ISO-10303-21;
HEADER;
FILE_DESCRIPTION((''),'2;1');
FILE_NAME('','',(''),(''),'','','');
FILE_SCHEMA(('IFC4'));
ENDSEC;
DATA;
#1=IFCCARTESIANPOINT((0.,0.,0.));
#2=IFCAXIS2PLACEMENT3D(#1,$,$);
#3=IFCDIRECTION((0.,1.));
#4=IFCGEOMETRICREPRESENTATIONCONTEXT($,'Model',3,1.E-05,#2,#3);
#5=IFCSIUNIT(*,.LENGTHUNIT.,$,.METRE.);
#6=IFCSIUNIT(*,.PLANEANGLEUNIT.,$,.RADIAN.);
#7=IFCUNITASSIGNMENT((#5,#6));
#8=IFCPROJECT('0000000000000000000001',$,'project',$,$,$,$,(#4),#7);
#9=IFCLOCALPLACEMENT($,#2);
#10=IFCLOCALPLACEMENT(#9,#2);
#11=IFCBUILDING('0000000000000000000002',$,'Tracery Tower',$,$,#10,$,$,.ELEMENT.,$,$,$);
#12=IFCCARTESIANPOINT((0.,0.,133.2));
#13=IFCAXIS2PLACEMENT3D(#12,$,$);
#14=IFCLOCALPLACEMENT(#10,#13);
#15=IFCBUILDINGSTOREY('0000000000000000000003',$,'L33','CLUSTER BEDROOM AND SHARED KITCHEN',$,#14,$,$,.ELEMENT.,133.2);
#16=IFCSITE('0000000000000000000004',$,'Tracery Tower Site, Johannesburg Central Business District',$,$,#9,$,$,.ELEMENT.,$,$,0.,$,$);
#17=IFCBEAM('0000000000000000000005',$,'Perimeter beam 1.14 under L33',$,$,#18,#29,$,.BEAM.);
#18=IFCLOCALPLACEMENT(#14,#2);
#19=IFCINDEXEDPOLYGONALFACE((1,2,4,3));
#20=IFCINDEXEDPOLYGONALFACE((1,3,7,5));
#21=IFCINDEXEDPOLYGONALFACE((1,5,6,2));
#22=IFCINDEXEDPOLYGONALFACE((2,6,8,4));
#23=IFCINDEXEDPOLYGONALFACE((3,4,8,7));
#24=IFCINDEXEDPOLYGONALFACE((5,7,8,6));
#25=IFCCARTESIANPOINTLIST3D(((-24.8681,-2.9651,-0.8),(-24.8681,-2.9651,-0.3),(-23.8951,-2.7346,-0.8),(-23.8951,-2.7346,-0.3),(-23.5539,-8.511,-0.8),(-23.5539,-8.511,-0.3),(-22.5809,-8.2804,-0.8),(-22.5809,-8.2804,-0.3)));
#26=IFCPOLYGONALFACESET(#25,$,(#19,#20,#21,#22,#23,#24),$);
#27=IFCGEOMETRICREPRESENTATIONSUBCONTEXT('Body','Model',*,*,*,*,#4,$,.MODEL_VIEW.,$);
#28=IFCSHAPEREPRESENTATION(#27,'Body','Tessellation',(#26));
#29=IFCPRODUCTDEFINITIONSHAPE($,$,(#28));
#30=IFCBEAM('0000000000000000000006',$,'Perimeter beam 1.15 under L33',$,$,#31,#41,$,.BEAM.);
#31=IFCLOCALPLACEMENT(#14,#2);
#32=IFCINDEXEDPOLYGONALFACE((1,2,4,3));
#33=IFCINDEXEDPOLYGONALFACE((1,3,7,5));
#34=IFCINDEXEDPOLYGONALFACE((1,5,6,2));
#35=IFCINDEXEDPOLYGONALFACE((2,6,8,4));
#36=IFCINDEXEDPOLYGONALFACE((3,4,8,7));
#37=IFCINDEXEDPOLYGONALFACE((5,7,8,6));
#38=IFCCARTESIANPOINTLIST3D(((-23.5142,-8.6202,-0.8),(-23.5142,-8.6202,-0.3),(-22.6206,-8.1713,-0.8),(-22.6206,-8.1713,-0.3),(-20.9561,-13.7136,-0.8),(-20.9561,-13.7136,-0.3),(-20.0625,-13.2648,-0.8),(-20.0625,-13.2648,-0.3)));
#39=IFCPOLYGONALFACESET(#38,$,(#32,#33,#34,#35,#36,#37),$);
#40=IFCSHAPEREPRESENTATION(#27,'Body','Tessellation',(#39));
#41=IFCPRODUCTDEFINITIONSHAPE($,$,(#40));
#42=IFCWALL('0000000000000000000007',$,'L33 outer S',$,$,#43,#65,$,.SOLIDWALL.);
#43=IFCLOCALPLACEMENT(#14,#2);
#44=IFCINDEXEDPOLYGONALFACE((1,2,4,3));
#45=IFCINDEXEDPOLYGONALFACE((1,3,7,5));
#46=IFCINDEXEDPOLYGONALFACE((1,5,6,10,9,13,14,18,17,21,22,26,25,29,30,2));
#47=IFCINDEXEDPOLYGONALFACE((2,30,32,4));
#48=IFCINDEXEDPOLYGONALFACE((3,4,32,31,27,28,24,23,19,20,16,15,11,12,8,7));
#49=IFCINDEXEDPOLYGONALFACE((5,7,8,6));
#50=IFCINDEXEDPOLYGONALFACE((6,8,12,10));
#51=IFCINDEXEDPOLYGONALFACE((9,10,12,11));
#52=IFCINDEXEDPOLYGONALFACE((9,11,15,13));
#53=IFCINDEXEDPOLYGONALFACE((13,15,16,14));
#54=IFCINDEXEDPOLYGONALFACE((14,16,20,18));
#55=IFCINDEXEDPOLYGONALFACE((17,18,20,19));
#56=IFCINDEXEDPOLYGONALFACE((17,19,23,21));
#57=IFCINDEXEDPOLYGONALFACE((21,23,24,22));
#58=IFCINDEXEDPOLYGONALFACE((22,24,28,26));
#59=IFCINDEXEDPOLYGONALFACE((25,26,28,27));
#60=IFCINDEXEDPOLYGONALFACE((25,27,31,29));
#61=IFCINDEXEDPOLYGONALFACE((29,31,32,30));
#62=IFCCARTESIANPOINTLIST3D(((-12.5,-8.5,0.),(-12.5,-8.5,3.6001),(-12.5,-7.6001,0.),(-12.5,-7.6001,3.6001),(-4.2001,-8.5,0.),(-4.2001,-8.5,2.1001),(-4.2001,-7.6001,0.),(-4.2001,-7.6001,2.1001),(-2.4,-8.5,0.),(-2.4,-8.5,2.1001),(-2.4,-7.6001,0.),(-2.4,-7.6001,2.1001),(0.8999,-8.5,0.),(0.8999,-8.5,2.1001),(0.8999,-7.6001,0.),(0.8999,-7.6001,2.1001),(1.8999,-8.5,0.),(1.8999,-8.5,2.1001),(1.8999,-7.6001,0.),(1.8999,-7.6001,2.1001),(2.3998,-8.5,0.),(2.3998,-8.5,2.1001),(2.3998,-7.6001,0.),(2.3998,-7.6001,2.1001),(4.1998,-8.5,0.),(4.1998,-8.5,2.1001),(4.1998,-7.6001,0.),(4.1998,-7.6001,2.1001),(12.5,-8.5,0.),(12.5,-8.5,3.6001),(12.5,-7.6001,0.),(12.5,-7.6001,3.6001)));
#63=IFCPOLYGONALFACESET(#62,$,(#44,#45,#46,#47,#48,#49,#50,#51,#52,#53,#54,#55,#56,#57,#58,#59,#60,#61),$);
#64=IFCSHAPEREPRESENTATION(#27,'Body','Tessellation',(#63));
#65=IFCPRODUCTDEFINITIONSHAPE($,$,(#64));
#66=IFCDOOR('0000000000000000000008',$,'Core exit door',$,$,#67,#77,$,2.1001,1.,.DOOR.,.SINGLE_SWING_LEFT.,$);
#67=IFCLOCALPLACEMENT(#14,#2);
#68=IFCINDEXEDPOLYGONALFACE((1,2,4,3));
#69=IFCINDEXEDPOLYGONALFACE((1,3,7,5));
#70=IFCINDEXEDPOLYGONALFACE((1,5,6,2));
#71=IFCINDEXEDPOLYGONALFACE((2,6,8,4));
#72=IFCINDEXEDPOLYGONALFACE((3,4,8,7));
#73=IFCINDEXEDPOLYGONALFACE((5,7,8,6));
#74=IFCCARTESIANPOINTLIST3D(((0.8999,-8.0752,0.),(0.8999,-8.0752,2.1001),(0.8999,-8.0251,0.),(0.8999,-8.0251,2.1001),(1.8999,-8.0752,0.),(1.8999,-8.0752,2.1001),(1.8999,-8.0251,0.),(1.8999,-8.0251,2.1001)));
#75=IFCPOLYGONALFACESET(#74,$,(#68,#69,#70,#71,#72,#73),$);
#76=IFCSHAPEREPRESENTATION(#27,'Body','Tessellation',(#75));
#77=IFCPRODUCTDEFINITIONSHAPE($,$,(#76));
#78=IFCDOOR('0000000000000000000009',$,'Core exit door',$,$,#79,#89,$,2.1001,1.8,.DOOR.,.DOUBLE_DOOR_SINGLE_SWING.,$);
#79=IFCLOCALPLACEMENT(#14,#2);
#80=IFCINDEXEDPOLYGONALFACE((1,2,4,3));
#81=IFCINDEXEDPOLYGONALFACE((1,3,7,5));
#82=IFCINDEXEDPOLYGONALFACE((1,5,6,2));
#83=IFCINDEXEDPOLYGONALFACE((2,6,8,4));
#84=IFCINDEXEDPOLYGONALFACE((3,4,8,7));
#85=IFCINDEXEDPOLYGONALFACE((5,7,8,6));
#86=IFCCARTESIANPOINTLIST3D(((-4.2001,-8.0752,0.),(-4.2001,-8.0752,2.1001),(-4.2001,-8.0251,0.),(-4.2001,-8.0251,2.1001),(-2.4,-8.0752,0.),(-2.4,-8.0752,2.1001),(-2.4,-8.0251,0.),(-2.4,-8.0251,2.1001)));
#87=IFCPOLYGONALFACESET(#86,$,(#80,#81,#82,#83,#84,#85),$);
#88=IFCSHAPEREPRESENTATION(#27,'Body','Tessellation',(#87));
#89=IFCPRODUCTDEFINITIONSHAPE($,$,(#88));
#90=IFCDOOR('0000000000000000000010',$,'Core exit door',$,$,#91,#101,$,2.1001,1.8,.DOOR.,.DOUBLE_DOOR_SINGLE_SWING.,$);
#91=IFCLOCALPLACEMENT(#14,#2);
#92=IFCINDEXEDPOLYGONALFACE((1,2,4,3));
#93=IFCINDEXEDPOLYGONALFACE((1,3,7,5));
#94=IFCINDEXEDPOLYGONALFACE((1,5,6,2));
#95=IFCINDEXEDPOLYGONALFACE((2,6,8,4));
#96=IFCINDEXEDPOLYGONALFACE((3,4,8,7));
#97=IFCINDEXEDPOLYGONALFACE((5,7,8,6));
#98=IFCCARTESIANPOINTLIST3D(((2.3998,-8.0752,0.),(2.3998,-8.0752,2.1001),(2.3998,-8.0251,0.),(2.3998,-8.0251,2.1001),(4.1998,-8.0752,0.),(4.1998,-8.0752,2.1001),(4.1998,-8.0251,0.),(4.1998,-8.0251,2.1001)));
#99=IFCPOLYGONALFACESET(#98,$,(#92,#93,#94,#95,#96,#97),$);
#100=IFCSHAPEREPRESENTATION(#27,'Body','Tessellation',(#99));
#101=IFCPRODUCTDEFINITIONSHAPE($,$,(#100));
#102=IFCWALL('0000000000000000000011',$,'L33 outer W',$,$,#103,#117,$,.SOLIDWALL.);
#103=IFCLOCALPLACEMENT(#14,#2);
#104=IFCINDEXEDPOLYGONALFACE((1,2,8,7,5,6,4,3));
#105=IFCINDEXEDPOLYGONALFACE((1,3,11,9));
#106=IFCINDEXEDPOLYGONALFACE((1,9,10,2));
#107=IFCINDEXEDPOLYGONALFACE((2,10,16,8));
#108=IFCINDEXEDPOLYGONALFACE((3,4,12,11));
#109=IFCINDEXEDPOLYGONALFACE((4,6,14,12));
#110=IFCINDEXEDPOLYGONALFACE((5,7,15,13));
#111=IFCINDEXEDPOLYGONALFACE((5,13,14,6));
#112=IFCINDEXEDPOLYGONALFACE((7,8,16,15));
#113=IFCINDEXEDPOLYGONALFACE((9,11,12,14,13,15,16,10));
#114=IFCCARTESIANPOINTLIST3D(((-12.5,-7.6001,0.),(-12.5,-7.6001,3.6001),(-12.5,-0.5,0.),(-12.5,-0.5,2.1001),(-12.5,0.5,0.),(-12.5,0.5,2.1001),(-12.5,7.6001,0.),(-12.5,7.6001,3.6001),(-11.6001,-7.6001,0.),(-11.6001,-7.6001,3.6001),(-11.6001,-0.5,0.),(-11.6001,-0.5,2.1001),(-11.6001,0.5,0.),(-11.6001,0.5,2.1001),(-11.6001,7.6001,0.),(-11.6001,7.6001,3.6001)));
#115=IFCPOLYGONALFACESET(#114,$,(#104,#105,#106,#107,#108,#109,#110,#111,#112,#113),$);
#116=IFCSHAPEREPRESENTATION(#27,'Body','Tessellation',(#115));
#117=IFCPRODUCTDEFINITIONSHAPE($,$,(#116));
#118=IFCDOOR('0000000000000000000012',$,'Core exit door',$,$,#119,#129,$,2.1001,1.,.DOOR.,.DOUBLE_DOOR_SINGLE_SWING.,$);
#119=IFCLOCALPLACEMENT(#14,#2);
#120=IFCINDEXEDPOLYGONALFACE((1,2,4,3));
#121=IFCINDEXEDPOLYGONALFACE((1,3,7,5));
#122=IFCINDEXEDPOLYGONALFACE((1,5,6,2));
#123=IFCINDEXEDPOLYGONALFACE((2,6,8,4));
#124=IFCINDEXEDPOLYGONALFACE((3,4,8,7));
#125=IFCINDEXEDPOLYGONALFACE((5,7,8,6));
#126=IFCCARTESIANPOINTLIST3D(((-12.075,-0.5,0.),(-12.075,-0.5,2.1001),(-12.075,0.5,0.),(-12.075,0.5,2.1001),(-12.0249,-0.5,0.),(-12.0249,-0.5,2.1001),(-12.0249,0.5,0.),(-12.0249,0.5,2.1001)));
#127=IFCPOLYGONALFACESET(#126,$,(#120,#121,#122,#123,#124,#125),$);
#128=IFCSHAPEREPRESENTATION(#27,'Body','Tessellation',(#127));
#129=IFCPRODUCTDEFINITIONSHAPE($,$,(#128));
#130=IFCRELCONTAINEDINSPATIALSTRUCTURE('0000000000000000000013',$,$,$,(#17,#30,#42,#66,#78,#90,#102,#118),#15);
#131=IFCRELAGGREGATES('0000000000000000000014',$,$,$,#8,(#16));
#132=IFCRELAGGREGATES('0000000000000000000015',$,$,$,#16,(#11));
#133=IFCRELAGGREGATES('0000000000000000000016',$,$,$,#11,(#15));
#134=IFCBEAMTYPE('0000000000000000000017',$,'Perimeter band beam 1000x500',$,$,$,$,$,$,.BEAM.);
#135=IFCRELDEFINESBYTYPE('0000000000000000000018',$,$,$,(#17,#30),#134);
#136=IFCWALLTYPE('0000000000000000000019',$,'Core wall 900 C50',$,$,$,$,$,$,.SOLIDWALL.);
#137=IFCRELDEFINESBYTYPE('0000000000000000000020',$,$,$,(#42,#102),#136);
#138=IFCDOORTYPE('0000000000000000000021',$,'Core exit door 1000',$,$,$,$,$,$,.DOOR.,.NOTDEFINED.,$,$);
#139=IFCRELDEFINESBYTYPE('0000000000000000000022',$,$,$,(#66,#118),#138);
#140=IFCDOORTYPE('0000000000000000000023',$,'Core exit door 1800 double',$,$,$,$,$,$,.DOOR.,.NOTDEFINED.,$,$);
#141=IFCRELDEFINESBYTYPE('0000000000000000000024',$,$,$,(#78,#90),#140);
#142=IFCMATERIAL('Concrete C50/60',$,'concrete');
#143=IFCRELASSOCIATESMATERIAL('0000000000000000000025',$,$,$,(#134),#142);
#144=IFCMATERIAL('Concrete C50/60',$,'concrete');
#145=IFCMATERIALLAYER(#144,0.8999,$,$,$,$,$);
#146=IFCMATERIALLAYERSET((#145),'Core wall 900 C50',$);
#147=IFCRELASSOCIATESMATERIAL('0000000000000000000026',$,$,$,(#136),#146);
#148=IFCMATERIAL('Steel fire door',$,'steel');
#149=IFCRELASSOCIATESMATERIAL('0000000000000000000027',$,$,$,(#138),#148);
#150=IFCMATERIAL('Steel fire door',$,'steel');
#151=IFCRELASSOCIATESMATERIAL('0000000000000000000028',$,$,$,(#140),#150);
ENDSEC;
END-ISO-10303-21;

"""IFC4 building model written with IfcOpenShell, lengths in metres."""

from ifc_helpers import new_model, si_unit, direction, frame, frame_2d, origin, origin_2d, place, context, subcontext, project, spatial, rectangle, extrude, material, layer, layer_set, material_profile, profile_set, type_object, element, fill, save


model = new_model("IFC4")

# Units and contexts
model_context = context("Model", 3, precision=1e-05, world=origin(), true_north=direction((0.0, 1.0)))
body_context = subcontext(model_context, "Body", "Model", "MODEL_VIEW")
ifc_project = project(units=[si_unit("LENGTHUNIT", "METRE"), si_unit("PLANEANGLEUNIT", "RADIAN")], contexts=[model_context])

# Site, building, storey
site_placement = place(None, origin())
site = spatial("IfcSite", under=ifc_project, at=site_placement, Name="Tracery Tower Site, Johannesburg Central Business District", CompositionType="ELEMENT", RefElevation=0.0)
building_placement = place(site_placement, origin())
building = spatial("IfcBuilding", under=site, at=building_placement, Name="Tracery Tower", CompositionType="ELEMENT")
storey_placement = place(building_placement, frame((0.0, 0.0, 133.2)))
storey = spatial("IfcBuildingStorey", under=building, at=storey_placement, Name="L33", Description="CLUSTER BEDROOM AND SHARED KITCHEN", CompositionType="ELEMENT", Elevation=133.2)

# Beams
ifc_material_1 = material(Name="Concrete C50/60", Category="concrete")
ifc_material_profile_1 = material_profile(ifc_material_1, rectangle(XDim=1.0, YDim=0.5, at=origin_2d()), Name="RC 1000x500")
ifc_profile_set_1 = profile_set([ifc_material_profile_1], Name="Concrete C50/60")
beam_type = type_object("IfcBeamType", Name="Perimeter band beam 1000x500", PredefinedType="BEAM", material=ifc_profile_set_1)
beam_1_placement = place(storey_placement, frame((-24.3816, -2.8499, -0.55), z_axis=(0.230584, -0.973052, 0.0), x_axis=(0.973052, 0.230584, 0.0)))
element("IfcBeam", 1, at=beam_1_placement, inside=storey, type_object=beam_type, Name="Perimeter beam 1.14 under L33", PredefinedType="BEAM", context=body_context, shape_type="SweptSolid", body=[
    extrude(rectangle(XDim=1.0, YDim=0.5, at=origin_2d()), origin(), (0.0, 0.0, 1.0), 5.6995),
])
beam_2_placement = place(storey_placement, frame((-23.0674, -8.3958, -0.55), z_axis=(0.448806, -0.893629, 0.0), x_axis=(0.893629, 0.448806, 0.0)))
element("IfcBeam", 2, at=beam_2_placement, inside=storey, type_object=beam_type, Name="Perimeter beam 1.15 under L33", PredefinedType="BEAM", context=body_context, shape_type="SweptSolid", body=[
    extrude(rectangle(XDim=1.0, YDim=0.5, at=origin_2d()), origin(), (0.0, 0.0, 1.0), 5.6997),
])

# Wall, openings, doors
ifc_material_2 = material(Name="Concrete C50/60", Category="concrete")
ifc_layer_1 = layer(ifc_material_2, 0.8999)
ifc_layer_set_1 = layer_set([ifc_layer_1], Name="Core wall 900 C50")
wall_type_1 = type_object("IfcWallType", Name="Core wall 900 C50", PredefinedType="SOLIDWALL", material=ifc_layer_set_1)
wall_1_placement = place(storey_placement, frame((-12.5, -8.05, 0.0), z_axis=(0.0, 0.0, 1.0), x_axis=(1.0, 0.0, 0.0)))
wall_1 = element("IfcWall", 3, at=wall_1_placement, inside=storey, type_object=wall_type_1, Name="L33 outer S", PredefinedType="SOLIDWALL", context=body_context, shape_type="SweptSolid", body=[
    extrude(rectangle(XDim=25.0, YDim=0.8999, at=frame_2d((12.5, 0.0))), origin(), (0.0, 0.0, 1.0), 3.6001),
])
opening_1_placement = place(wall_1_placement, frame((13.3999, 0.0, 0.0)))
opening_1 = element("IfcOpeningElement", 4, at=opening_1_placement, cuts=wall_1, PredefinedType="OPENING", context=body_context, shape_type="SweptSolid", body=[
    extrude(rectangle(XDim=1.0, YDim=2.1001, at=frame_2d((0.5, 1.05))), frame((0.0, 0.45, 0.0), z_axis=(0.0, -1.0, 0.0), x_axis=(1.0, 0.0, 0.0)), (0.0, 0.0, 1.0), 0.8999),
])
opening_2_placement = place(wall_1_placement, frame((8.3, 0.0, 0.0)))
opening_2 = element("IfcOpeningElement", 5, at=opening_2_placement, cuts=wall_1, PredefinedType="OPENING", context=body_context, shape_type="SweptSolid", body=[
    extrude(rectangle(XDim=1.8, YDim=2.1001, at=frame_2d((0.8999, 1.05))), frame((0.0, 0.45, 0.0), z_axis=(0.0, -1.0, 0.0), x_axis=(1.0, 0.0, 0.0)), (0.0, 0.0, 1.0), 0.8999),
])
opening_3_placement = place(wall_1_placement, frame((14.8999, 0.0, 0.0)))
opening_3 = element("IfcOpeningElement", 6, at=opening_3_placement, cuts=wall_1, PredefinedType="OPENING", context=body_context, shape_type="SweptSolid", body=[
    extrude(rectangle(XDim=1.8, YDim=2.1001, at=frame_2d((0.8999, 1.05))), frame((0.0, 0.45, 0.0), z_axis=(0.0, -1.0, 0.0), x_axis=(1.0, 0.0, 0.0)), (0.0, 0.0, 1.0), 0.8999),
])
ifc_material_3 = material(Name="Steel fire door", Category="steel")
door_type_1 = type_object("IfcDoorType", Name="Core exit door 1000", OperationType="NOTDEFINED", PredefinedType="DOOR", material=ifc_material_3)
door_1_placement = place(opening_1_placement, origin())
door_1 = element("IfcDoor", 7, at=door_1_placement, inside=storey, type_object=door_type_1, Name="Core exit door", OperationType="SINGLE_SWING_LEFT", OverallHeight=2.1001, OverallWidth=1.0, PredefinedType="DOOR", context=body_context, shape_type="SweptSolid", body=[
    extrude(rectangle(XDim=1.0, YDim=2.1001, at=frame_2d((0.5, 1.05))), frame((0.0, 0.0249, 0.0), z_axis=(0.0, -1.0, 0.0), x_axis=(1.0, 0.0, 0.0)), (0.0, 0.0, 1.0), 0.05),
])
fill(opening_1, door_1)
ifc_material_4 = material(Name="Steel fire door", Category="steel")
door_type_2 = type_object("IfcDoorType", Name="Core exit door 1800 double", OperationType="NOTDEFINED", PredefinedType="DOOR", material=ifc_material_4)
door_2_placement = place(opening_2_placement, origin())
door_2 = element("IfcDoor", 8, at=door_2_placement, inside=storey, type_object=door_type_2, Name="Core exit door", OperationType="DOUBLE_DOOR_SINGLE_SWING", OverallHeight=2.1001, OverallWidth=1.8, PredefinedType="DOOR", context=body_context, shape_type="SweptSolid", body=[
    extrude(rectangle(XDim=1.8, YDim=2.1001, at=frame_2d((0.8999, 1.05))), frame((0.0, 0.0249, 0.0), z_axis=(0.0, -1.0, 0.0), x_axis=(1.0, 0.0, 0.0)), (0.0, 0.0, 1.0), 0.05),
])
fill(opening_2, door_2)
door_3_placement = place(opening_3_placement, origin())
door_3 = element("IfcDoor", 9, at=door_3_placement, inside=storey, type_object=door_type_2, Name="Core exit door", OperationType="DOUBLE_DOOR_SINGLE_SWING", OverallHeight=2.1001, OverallWidth=1.8, PredefinedType="DOOR", context=body_context, shape_type="SweptSolid", body=[
    extrude(rectangle(XDim=1.8, YDim=2.1001, at=frame_2d((0.8999, 1.05))), frame((0.0, 0.0249, 0.0), z_axis=(0.0, -1.0, 0.0), x_axis=(1.0, 0.0, 0.0)), (0.0, 0.0, 1.0), 0.05),
])
fill(opening_3, door_3)

# Wall, opening, door
wall_2_placement = place(storey_placement, frame((-12.05, -7.6001, 0.0), z_axis=(0.0, 0.0, 1.0), x_axis=(0.0, 1.0, 0.0)))
wall_2 = element("IfcWall", 10, at=wall_2_placement, inside=storey, type_object=wall_type_1, Name="L33 outer W", PredefinedType="SOLIDWALL", context=body_context, shape_type="SweptSolid", body=[
    extrude(rectangle(XDim=15.2002, YDim=0.8999, at=frame_2d((7.6001, 0.0))), origin(), (0.0, 0.0, 1.0), 3.6001),
])
opening_4_placement = place(wall_2_placement, frame((7.1001, 0.0, 0.0)))
opening_4 = element("IfcOpeningElement", 11, at=opening_4_placement, cuts=wall_2, PredefinedType="OPENING", context=body_context, shape_type="SweptSolid", body=[
    extrude(rectangle(XDim=1.0, YDim=2.1001, at=frame_2d((0.5, 1.05))), frame((0.0, 0.45, 0.0), z_axis=(0.0, -1.0, 0.0), x_axis=(1.0, 0.0, 0.0)), (0.0, 0.0, 1.0), 0.8999),
])
door_4_placement = place(opening_4_placement, origin())
door_4 = element("IfcDoor", 12, at=door_4_placement, inside=storey, type_object=door_type_1, Name="Core exit door", OperationType="DOUBLE_DOOR_SINGLE_SWING", OverallHeight=2.1001, OverallWidth=1.0, PredefinedType="DOOR", context=body_context, shape_type="SweptSolid", body=[
    extrude(rectangle(XDim=1.0, YDim=2.1001, at=frame_2d((0.5, 1.05))), frame((0.0, 0.0249, 0.0), z_axis=(0.0, -1.0, 0.0), x_axis=(1.0, 0.0, 0.0)), (0.0, 0.0, 1.0), 0.05),
])
fill(opening_4, door_4)

save(model, "model.ifc")
